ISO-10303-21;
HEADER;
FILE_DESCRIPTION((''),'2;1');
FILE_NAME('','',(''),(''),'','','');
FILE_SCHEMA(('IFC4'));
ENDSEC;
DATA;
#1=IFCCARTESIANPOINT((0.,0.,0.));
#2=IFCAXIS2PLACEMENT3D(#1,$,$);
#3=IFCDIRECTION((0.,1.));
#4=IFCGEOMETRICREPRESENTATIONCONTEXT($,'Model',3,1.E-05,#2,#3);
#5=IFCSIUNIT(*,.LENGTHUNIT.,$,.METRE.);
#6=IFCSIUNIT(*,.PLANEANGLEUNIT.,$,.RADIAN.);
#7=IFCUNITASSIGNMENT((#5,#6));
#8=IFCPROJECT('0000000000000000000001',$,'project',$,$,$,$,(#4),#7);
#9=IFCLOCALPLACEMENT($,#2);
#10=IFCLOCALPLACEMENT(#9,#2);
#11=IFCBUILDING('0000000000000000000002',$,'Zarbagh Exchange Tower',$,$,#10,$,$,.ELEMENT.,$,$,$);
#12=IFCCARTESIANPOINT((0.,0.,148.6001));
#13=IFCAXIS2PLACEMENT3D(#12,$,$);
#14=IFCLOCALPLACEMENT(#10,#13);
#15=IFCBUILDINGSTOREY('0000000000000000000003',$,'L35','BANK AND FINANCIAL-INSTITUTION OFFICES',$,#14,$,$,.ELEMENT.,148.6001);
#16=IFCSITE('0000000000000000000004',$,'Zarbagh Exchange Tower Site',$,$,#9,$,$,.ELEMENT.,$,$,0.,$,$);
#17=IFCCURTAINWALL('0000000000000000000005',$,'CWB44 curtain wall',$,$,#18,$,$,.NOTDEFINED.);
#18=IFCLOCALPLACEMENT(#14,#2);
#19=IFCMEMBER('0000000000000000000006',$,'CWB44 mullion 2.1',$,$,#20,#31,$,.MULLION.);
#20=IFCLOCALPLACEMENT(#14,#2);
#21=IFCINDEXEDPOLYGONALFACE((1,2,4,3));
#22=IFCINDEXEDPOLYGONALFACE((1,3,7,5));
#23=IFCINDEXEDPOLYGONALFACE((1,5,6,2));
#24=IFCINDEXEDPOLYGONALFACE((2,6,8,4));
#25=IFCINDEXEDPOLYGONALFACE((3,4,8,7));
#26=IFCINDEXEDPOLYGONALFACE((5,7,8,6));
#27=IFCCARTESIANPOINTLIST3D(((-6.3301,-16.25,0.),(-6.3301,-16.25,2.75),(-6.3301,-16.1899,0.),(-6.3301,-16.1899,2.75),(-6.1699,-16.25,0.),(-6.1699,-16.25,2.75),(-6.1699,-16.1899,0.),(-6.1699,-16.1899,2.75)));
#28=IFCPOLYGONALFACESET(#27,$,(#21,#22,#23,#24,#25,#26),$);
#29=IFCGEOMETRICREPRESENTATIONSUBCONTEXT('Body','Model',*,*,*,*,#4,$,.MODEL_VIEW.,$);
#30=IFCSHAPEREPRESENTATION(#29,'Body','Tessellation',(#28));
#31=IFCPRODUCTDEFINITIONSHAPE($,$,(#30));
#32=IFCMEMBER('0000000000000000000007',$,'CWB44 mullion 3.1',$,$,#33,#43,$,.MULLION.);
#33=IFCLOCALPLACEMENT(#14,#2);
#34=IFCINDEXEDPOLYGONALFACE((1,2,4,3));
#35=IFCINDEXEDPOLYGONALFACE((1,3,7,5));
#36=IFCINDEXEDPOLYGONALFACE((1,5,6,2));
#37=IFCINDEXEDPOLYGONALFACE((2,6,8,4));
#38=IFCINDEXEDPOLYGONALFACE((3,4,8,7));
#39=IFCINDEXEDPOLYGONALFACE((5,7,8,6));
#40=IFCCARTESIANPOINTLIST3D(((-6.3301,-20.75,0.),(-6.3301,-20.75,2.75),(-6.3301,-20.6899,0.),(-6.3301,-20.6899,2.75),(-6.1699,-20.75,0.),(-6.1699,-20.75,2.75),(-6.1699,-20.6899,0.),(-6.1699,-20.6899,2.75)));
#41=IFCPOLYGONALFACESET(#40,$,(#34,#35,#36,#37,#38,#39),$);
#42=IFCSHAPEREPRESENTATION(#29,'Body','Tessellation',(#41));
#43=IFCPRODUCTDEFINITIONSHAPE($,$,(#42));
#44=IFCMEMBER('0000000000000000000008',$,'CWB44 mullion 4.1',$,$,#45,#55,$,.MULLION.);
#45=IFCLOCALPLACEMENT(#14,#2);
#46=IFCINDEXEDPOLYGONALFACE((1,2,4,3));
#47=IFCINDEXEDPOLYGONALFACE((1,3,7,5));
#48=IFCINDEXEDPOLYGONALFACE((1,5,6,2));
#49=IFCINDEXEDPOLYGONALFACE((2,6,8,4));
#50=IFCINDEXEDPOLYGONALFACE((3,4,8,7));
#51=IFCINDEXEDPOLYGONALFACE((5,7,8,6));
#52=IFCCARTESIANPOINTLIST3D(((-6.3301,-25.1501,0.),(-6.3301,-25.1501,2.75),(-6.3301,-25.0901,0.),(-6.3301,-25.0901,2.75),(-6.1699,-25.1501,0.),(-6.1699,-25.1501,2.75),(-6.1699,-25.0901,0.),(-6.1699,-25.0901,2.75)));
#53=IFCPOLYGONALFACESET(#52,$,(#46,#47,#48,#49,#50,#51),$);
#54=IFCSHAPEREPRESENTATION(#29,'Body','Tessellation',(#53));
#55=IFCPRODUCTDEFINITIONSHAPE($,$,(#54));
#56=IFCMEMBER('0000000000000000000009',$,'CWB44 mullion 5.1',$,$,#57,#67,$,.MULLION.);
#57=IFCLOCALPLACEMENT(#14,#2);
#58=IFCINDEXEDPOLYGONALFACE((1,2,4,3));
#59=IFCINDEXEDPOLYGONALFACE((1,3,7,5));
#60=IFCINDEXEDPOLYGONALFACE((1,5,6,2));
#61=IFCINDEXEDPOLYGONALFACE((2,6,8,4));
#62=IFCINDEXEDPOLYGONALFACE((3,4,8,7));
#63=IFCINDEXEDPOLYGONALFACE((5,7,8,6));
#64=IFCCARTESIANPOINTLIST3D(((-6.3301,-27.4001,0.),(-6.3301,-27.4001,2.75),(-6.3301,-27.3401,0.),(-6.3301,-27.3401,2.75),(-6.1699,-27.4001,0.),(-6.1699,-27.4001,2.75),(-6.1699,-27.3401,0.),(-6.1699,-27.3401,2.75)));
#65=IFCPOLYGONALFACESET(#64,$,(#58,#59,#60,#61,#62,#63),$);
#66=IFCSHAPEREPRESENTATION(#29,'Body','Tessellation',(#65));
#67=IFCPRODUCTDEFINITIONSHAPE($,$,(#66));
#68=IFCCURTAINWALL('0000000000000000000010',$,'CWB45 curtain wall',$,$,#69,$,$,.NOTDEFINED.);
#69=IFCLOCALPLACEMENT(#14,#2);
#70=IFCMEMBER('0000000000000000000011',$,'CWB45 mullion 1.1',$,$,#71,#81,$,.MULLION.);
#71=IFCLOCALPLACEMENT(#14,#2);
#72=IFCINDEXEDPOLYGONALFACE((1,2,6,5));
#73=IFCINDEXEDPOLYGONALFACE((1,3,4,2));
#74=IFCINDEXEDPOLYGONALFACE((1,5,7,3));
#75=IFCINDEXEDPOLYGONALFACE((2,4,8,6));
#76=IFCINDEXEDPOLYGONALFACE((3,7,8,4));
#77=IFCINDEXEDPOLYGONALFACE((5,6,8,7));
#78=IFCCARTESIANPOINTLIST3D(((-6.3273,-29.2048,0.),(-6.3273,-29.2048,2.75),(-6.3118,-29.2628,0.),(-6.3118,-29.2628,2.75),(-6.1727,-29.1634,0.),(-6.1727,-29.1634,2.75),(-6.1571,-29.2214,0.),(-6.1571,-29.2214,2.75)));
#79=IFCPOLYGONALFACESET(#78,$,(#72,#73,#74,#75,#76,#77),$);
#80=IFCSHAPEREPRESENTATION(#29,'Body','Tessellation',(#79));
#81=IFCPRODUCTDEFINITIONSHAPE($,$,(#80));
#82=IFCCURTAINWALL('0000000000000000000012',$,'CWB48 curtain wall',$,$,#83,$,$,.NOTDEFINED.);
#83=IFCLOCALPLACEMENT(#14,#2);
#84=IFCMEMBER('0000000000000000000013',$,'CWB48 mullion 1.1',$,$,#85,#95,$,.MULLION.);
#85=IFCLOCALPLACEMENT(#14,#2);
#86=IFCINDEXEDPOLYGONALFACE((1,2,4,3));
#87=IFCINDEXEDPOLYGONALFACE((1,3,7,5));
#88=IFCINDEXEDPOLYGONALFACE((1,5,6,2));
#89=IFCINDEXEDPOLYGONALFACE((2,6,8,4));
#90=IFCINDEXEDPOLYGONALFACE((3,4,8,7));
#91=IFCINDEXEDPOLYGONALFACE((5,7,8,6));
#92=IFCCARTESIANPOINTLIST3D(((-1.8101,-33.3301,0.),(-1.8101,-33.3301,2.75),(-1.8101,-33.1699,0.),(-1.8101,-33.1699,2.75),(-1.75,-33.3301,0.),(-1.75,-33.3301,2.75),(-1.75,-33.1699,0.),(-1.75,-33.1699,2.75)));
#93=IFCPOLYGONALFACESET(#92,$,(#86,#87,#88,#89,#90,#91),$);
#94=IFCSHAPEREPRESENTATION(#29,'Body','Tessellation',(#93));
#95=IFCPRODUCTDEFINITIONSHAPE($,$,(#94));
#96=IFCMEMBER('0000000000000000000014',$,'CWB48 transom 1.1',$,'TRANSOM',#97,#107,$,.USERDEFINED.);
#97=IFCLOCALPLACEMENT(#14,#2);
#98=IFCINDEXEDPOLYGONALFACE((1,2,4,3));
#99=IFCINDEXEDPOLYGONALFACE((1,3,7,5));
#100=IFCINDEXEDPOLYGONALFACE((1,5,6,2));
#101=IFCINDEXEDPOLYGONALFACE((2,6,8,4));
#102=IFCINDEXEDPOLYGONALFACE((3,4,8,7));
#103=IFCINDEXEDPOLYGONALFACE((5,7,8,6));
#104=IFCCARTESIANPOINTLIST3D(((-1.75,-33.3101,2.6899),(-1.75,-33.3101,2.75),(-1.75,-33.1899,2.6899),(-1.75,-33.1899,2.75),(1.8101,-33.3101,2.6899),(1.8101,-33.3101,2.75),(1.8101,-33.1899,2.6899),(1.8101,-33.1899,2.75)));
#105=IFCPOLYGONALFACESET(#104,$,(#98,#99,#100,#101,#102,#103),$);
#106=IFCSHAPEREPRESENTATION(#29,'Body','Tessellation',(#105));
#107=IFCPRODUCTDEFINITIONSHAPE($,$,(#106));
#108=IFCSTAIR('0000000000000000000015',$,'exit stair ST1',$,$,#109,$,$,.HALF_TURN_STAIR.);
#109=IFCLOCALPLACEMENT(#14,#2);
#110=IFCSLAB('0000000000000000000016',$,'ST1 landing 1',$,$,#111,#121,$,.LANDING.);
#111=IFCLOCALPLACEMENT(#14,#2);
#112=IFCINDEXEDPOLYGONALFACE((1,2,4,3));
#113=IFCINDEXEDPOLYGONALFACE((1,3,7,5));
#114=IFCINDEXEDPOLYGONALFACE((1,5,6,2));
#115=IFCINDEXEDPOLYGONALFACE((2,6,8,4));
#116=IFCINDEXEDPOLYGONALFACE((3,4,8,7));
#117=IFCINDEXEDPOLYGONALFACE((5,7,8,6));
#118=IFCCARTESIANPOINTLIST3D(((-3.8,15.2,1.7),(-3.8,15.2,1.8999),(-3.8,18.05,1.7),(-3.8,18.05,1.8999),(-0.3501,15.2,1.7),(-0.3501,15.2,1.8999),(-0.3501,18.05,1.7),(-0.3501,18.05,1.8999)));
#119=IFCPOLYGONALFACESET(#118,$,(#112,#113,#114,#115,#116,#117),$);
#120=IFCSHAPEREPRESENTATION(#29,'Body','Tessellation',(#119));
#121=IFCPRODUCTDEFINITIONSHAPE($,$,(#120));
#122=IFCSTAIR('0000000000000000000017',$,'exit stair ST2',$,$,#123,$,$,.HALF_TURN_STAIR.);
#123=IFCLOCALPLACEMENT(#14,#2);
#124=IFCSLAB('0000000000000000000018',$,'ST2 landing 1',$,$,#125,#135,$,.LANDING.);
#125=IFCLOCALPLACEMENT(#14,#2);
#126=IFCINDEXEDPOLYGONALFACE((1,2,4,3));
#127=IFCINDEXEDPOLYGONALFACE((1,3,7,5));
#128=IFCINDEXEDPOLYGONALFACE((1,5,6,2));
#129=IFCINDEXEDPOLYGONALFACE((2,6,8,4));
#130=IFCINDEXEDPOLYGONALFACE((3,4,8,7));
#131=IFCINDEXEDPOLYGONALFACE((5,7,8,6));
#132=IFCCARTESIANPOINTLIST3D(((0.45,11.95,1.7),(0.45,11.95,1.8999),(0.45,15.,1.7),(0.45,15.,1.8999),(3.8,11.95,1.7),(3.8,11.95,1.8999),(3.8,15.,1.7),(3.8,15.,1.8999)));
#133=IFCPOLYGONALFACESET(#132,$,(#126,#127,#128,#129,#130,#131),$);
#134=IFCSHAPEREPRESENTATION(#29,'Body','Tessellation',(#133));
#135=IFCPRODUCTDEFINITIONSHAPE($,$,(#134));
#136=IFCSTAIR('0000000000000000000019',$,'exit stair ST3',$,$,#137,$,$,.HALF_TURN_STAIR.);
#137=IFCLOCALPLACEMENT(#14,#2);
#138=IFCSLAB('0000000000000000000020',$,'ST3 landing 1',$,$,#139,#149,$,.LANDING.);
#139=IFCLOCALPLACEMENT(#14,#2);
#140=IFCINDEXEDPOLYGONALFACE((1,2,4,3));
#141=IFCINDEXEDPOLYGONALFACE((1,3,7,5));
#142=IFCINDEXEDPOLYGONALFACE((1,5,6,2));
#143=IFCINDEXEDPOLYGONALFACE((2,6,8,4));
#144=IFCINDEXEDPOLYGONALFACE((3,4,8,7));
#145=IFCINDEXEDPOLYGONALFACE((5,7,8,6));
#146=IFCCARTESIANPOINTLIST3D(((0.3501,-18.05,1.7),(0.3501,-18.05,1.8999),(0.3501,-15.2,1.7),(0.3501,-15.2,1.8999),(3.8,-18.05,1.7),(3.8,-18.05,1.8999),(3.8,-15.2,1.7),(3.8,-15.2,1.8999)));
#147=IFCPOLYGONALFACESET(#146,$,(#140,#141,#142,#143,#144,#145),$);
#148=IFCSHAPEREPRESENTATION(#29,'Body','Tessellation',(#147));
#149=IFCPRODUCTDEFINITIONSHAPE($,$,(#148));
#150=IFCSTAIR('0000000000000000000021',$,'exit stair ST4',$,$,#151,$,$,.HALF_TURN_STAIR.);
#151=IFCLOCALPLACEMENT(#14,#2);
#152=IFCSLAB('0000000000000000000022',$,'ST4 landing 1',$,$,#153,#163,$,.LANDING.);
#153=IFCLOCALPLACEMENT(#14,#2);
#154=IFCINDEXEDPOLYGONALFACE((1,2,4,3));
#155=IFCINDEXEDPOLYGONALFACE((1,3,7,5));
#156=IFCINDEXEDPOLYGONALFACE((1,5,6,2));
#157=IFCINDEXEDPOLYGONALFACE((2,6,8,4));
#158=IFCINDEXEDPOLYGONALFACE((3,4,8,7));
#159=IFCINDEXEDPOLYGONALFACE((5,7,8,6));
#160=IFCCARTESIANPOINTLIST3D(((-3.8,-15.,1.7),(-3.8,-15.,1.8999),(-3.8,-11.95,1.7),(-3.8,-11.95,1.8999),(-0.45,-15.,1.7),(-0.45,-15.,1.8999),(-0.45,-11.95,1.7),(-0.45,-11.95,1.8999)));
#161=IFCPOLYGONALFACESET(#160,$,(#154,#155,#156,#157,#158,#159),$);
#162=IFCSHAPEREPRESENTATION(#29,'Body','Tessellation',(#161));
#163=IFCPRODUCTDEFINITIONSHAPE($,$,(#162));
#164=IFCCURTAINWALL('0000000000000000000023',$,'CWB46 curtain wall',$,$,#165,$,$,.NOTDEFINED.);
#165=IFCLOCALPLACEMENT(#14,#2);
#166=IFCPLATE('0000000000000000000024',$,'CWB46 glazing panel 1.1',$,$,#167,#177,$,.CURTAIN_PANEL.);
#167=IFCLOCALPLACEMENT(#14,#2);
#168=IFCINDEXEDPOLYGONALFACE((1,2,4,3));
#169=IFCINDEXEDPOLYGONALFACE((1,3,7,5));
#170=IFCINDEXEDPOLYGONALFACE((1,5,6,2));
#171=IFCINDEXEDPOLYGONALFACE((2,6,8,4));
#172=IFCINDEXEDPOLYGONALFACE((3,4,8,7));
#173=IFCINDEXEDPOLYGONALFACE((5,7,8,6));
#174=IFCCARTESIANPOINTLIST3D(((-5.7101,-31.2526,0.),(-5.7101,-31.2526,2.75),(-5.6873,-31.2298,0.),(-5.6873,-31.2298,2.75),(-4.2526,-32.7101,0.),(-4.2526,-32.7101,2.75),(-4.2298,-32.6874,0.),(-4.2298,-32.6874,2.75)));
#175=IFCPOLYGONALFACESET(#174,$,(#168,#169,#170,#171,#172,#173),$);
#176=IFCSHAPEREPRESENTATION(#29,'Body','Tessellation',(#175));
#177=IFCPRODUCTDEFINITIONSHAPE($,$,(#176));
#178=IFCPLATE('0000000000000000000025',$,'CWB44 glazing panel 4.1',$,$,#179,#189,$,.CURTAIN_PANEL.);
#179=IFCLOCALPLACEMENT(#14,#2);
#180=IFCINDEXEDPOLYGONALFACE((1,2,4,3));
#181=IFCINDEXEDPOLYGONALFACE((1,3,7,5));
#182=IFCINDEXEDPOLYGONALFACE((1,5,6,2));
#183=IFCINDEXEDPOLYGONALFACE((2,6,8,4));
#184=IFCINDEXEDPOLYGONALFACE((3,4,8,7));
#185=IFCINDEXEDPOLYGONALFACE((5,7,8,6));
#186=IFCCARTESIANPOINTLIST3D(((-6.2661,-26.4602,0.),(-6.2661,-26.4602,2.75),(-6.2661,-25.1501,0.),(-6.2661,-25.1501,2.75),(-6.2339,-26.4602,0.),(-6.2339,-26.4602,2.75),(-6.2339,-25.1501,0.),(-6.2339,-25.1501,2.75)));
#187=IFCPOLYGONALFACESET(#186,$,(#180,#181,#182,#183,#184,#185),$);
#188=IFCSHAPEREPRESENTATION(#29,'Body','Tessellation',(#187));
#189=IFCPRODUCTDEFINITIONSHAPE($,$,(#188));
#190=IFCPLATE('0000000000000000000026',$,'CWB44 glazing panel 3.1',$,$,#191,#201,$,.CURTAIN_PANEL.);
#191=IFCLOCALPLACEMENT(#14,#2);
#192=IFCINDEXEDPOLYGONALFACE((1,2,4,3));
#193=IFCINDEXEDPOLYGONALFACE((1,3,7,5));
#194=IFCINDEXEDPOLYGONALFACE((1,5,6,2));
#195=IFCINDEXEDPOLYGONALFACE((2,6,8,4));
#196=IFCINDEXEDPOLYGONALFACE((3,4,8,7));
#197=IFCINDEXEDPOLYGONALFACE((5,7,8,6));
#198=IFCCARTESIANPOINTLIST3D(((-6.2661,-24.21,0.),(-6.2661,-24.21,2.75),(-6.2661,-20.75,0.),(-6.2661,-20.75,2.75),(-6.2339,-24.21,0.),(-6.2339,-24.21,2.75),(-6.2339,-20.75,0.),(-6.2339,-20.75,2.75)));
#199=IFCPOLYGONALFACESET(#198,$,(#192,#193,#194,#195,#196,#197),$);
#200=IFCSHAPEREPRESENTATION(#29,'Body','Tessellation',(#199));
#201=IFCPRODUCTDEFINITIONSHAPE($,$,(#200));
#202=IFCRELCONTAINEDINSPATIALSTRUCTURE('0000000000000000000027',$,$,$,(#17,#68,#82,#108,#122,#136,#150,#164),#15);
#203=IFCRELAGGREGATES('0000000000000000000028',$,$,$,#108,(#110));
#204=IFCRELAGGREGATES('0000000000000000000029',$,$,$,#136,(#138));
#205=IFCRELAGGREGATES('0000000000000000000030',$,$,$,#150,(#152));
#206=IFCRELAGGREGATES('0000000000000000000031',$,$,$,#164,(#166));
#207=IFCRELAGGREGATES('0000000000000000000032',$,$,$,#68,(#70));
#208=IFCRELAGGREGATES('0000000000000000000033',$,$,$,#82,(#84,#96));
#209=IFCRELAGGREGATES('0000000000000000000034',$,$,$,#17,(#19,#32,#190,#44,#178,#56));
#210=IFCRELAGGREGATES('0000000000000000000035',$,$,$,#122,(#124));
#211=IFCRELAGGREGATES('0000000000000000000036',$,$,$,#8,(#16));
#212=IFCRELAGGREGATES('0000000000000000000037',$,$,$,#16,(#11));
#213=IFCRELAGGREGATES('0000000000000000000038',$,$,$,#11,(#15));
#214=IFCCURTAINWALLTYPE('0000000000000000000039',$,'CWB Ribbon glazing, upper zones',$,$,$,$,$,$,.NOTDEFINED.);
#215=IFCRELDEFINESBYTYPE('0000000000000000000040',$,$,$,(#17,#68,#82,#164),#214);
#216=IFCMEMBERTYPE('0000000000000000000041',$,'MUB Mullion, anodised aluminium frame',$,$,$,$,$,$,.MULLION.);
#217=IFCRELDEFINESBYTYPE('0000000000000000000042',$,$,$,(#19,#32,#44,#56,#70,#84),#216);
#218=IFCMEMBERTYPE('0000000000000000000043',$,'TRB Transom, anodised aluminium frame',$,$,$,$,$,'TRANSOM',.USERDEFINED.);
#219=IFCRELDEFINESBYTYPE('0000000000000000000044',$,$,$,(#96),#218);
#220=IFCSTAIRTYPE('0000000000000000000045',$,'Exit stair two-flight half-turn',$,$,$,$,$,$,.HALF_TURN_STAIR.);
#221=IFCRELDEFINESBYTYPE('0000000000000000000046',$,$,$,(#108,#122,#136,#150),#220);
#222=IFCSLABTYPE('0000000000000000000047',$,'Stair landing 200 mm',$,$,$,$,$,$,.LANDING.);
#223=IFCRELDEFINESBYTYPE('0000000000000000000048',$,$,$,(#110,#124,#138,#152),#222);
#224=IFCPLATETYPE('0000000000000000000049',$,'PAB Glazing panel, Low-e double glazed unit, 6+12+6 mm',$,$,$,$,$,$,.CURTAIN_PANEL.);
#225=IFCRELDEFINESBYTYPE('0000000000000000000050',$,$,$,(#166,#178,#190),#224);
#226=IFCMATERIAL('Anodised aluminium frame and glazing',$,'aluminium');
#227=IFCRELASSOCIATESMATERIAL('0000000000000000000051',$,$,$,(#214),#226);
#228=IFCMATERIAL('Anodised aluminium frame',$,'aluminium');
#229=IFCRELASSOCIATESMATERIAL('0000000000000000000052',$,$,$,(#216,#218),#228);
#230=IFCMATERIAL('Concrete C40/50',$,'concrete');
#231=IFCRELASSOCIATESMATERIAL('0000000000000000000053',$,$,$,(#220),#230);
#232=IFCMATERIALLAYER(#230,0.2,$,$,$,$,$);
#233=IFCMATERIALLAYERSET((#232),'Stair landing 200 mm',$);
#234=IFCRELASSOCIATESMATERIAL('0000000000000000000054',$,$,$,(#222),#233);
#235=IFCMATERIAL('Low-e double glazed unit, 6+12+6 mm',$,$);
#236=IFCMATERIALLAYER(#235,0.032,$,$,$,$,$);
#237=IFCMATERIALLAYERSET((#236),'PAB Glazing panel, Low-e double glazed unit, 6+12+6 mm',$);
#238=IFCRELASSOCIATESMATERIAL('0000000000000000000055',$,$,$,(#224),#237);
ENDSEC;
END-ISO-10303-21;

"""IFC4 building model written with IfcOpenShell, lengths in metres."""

from ifc_helpers import new_model, si_unit, direction, frame, origin, place, context, subcontext, project, spatial, polyline, outline, extrude, source, transform, mapped, material, layer, layer_set, type_object, element, aggregate, save


model = new_model("IFC4")

# Units and contexts
model_context = context("Model", 3, precision=1e-05, world=origin(), true_north=direction((0.0, 1.0)))
body_context = subcontext(model_context, "Body", "Model", "MODEL_VIEW")
ifc_project = project(units=[si_unit("LENGTHUNIT", "METRE"), si_unit("PLANEANGLEUNIT", "RADIAN")], contexts=[model_context])

# Site, building, storey
site_placement = place(None, origin())
site = spatial("IfcSite", under=ifc_project, at=site_placement, Name="Zarbagh Exchange Tower Site", CompositionType="ELEMENT", RefElevation=0.0)
building_placement = place(site_placement, origin())
building = spatial("IfcBuilding", under=site, at=building_placement, Name="Zarbagh Exchange Tower", CompositionType="ELEMENT")
storey_placement = place(building_placement, frame((0.0, 0.0, 148.6001)))
storey = spatial("IfcBuildingStorey", under=building, at=storey_placement, Name="L35", Description="BANK AND FINANCIAL-INSTITUTION OFFICES", CompositionType="ELEMENT", Elevation=148.6001)

# Curtain wall, members
ifc_material_1 = material(Name="Anodised aluminium frame and glazing", Category="aluminium")
curtain_wall_type = type_object("IfcCurtainWallType", Name="CWB Ribbon glazing, upper zones", PredefinedType="NOTDEFINED", material=ifc_material_1)
curtain_wall_1_placement = place(storey_placement, origin())
curtain_wall_1 = element("IfcCurtainWall", 1, at=curtain_wall_1_placement, inside=storey, type_object=curtain_wall_type, Name="CWB44 curtain wall", PredefinedType="NOTDEFINED")
ifc_material_2 = material(Name="Anodised aluminium frame", Category="aluminium")
member_type_1 = type_object("IfcMemberType", Name="MUB Mullion, anodised aluminium frame", PredefinedType="MULLION", material=ifc_material_2)
shared_shape_1 = source(origin(), body_context, "Body", "SweptSolid", [
    extrude(outline(polyline([(0.0, -0.0801), (0.0601, -0.0801), (0.0601, 0.0801), (0.0, 0.0801), (0.0, -0.0801)])), origin(), (0.0, 0.0, 1.0), 2.75),
])
placement = place(storey_placement, origin())
member_1 = element("IfcMember", 2, at=placement, type_object=member_type_1, Name="CWB44 mullion 2.1", PredefinedType="MULLION", context=body_context, shape_type="MappedRepresentation", body=[
    mapped(shared_shape_1, transform((-6.25, -16.1899, 0.0), x_axis=(0.0, -1.0, 0.0), y_axis=(1.0, 0.0, 0.0), z_axis=(0.0, 0.0, 1.0))),
])
member_2 = element("IfcMember", 3, at=placement, type_object=member_type_1, Name="CWB44 mullion 3.1", PredefinedType="MULLION", context=body_context, shape_type="MappedRepresentation", body=[
    mapped(shared_shape_1, transform((-6.25, -20.6899, 0.0), x_axis=(0.0, -1.0, 0.0), y_axis=(1.0, 0.0, 0.0), z_axis=(0.0, 0.0, 1.0))),
])
member_3 = element("IfcMember", 4, at=placement, type_object=member_type_1, Name="CWB44 mullion 4.1", PredefinedType="MULLION", context=body_context, shape_type="MappedRepresentation", body=[
    mapped(shared_shape_1, transform((-6.25, -25.0901, 0.0), x_axis=(0.0, -1.0, 0.0), y_axis=(1.0, 0.0, 0.0), z_axis=(0.0, 0.0, 1.0))),
])
member_4 = element("IfcMember", 5, at=placement, type_object=member_type_1, Name="CWB44 mullion 5.1", PredefinedType="MULLION", context=body_context, shape_type="MappedRepresentation", body=[
    mapped(shared_shape_1, transform((-6.25, -27.3401, 0.0), x_axis=(0.0, -1.0, 0.0), y_axis=(1.0, 0.0, 0.0), z_axis=(0.0, 0.0, 1.0))),
])

# Curtain wall, member
curtain_wall_2_placement = place(storey_placement, origin())
curtain_wall_2 = element("IfcCurtainWall", 6, at=curtain_wall_2_placement, inside=storey, type_object=curtain_wall_type, Name="CWB45 curtain wall", PredefinedType="NOTDEFINED")
member_5 = element("IfcMember", 7, at=placement, type_object=member_type_1, Name="CWB45 mullion 1.1", PredefinedType="MULLION", context=body_context, shape_type="MappedRepresentation", body=[
    mapped(shared_shape_1, transform((-6.25, -29.1841, 0.0), x_axis=(0.258825, -0.965924, 0.0), y_axis=(0.965924, 0.258825, 0.0), z_axis=(0.0, 0.0, 1.0))),
])

# Curtain wall, members
curtain_wall_3_placement = place(storey_placement, origin())
curtain_wall_3 = element("IfcCurtainWall", 8, at=curtain_wall_3_placement, inside=storey, type_object=curtain_wall_type, Name="CWB48 curtain wall", PredefinedType="NOTDEFINED")
member_6 = element("IfcMember", 9, at=placement, type_object=member_type_1, Name="CWB48 mullion 1.1", PredefinedType="MULLION", context=body_context, shape_type="MappedRepresentation", body=[
    mapped(shared_shape_1, transform((-1.8101, -33.25, 0.0), x_axis=(1.0, 0.0, 0.0), y_axis=(0.0, 1.0, 0.0), z_axis=(0.0, 0.0, 1.0))),
])
member_type_2 = type_object("IfcMemberType", Name="TRB Transom, anodised aluminium frame", ElementType="TRANSOM", PredefinedType="USERDEFINED", material=ifc_material_2)
shared_shape_2 = source(origin(), body_context, "Body", "SweptSolid", [
    extrude(outline(polyline([(-0.0601, -0.0601), (0.0, -0.0601), (0.0, 0.0601), (-0.0601, 0.0601), (-0.0601, -0.0601)])), origin(), (0.0, 0.0, 1.0), 3.5601),
])
member_7 = element("IfcMember", 10, at=placement, type_object=member_type_2, Name="CWB48 transom 1.1", ObjectType="TRANSOM", PredefinedType="USERDEFINED", context=body_context, shape_type="MappedRepresentation", body=[
    mapped(shared_shape_2, transform((-1.75, -33.25, 2.75), x_axis=(0.0, 0.0, 1.0), y_axis=(0.0, -1.0, 0.0), z_axis=(1.0, 0.0, 0.0))),
])

# Stairs, slabs
ifc_material_3 = material(Name="Concrete C40/50", Category="concrete")
stair_type = type_object("IfcStairType", Name="Exit stair two-flight half-turn", PredefinedType="HALF_TURN_STAIR", material=ifc_material_3)
stair_1_placement = place(storey_placement, origin())
stair_1 = element("IfcStair", 11, at=stair_1_placement, inside=storey, type_object=stair_type, Name="exit stair ST1", PredefinedType="HALF_TURN_STAIR")
ifc_layer_1 = layer(ifc_material_3, 0.2)
ifc_layer_set_1 = layer_set([ifc_layer_1], Name="Stair landing 200 mm")
slab_type = type_object("IfcSlabType", Name="Stair landing 200 mm", PredefinedType="LANDING", material=ifc_layer_set_1)
slab_1_placement = place(storey_placement, frame((0.0, 0.0, 1.7)))
slab_1 = element("IfcSlab", 12, at=slab_1_placement, type_object=slab_type, Name="ST1 landing 1", PredefinedType="LANDING", context=body_context, shape_type="SweptSolid", body=[
    extrude(outline(polyline([(-0.3501, 18.05), (-3.8, 18.05), (-3.8, 15.2), (-0.3501, 15.2), (-0.3501, 18.05)])), origin(), (0.0, 0.0, 1.0), 0.2),
])
aggregate(stair_1, [slab_1])
stair_2_placement = place(storey_placement, origin())
stair_2 = element("IfcStair", 13, at=stair_2_placement, inside=storey, type_object=stair_type, Name="exit stair ST2", PredefinedType="HALF_TURN_STAIR")
slab_2_placement = place(storey_placement, frame((0.0, 0.0, 1.7)))
slab_2 = element("IfcSlab", 14, at=slab_2_placement, type_object=slab_type, Name="ST2 landing 1", PredefinedType="LANDING", context=body_context, shape_type="SweptSolid", body=[
    extrude(outline(polyline([(0.45, 11.95), (3.8, 11.95), (3.8, 15.0), (0.45, 15.0), (0.45, 11.95)])), origin(), (0.0, 0.0, 1.0), 0.2),
])
stair_3_placement = place(storey_placement, origin())
stair_3 = element("IfcStair", 15, at=stair_3_placement, inside=storey, type_object=stair_type, Name="exit stair ST3", PredefinedType="HALF_TURN_STAIR")
slab_3_placement = place(storey_placement, frame((0.0, 0.0, 1.7)))
slab_3 = element("IfcSlab", 16, at=slab_3_placement, type_object=slab_type, Name="ST3 landing 1", PredefinedType="LANDING", context=body_context, shape_type="SweptSolid", body=[
    extrude(outline(polyline([(0.3501, -18.05), (3.8, -18.05), (3.8, -15.2), (0.3501, -15.2), (0.3501, -18.05)])), origin(), (0.0, 0.0, 1.0), 0.2),
])
aggregate(stair_3, [slab_3])
stair_4_placement = place(storey_placement, origin())
stair_4 = element("IfcStair", 17, at=stair_4_placement, inside=storey, type_object=stair_type, Name="exit stair ST4", PredefinedType="HALF_TURN_STAIR")
slab_4_placement = place(storey_placement, frame((0.0, 0.0, 1.7)))
slab_4 = element("IfcSlab", 18, at=slab_4_placement, type_object=slab_type, Name="ST4 landing 1", PredefinedType="LANDING", context=body_context, shape_type="SweptSolid", body=[
    extrude(outline(polyline([(-0.45, -11.95), (-3.8, -11.95), (-3.8, -15.0), (-0.45, -15.0), (-0.45, -11.95)])), origin(), (0.0, 0.0, 1.0), 0.2),
])
aggregate(stair_4, [slab_4])

# Curtain wall, plate
curtain_wall_4_placement = place(storey_placement, origin())
curtain_wall_4 = element("IfcCurtainWall", 19, at=curtain_wall_4_placement, inside=storey, type_object=curtain_wall_type, Name="CWB46 curtain wall", PredefinedType="NOTDEFINED")
ifc_material_4 = material(Name="Low-e double glazed unit, 6+12+6 mm")
ifc_layer_2 = layer(ifc_material_4, 0.032)
ifc_layer_set_2 = layer_set([ifc_layer_2], Name="PAB Glazing panel, Low-e double glazed unit, 6+12+6 mm")
plate_type = type_object("IfcPlateType", Name="PAB Glazing panel, Low-e double glazed unit, 6+12+6 mm", PredefinedType="CURTAIN_PANEL", material=ifc_layer_set_2)
shared_shape_3 = source(origin(), body_context, "Body", "SweptSolid", [
    extrude(outline(polyline([(0.0, -0.0161), (2.0613, -0.0161), (2.0613, 0.0161), (0.0, 0.0161), (0.0, -0.0161)])), origin(), (0.0, 0.0, 1.0), 2.75),
])
plate_1 = element("IfcPlate", 20, at=placement, type_object=plate_type, Name="CWB46 glazing panel 1.1", PredefinedType="CURTAIN_PANEL", context=body_context, shape_type="MappedRepresentation", body=[
    mapped(shared_shape_3, transform((-5.6987, -31.2412, 0.0), x_axis=(0.707107, -0.707107, 0.0), y_axis=(0.707107, 0.707107, 0.0), z_axis=(0.0, 0.0, 1.0))),
])
aggregate(curtain_wall_4, [plate_1])

# Plates
shared_shape_4 = source(origin(), body_context, "Body", "SweptSolid", [
    extrude(outline(polyline([(0.0, -0.0161), (1.3101, -0.0161), (1.3101, 0.0161), (0.0, 0.0161), (0.0, -0.0161)])), origin(), (0.0, 0.0, 1.0), 2.75),
])
plate_2 = element("IfcPlate", 21, at=placement, type_object=plate_type, Name="CWB44 glazing panel 4.1", PredefinedType="CURTAIN_PANEL", context=body_context, shape_type="MappedRepresentation", body=[
    mapped(shared_shape_4, transform((-6.25, -25.1501, 0.0), x_axis=(0.0, -1.0, 0.0), y_axis=(1.0, 0.0, 0.0), z_axis=(0.0, 0.0, 1.0))),
])
shared_shape_5 = source(origin(), body_context, "Body", "SweptSolid", [
    extrude(outline(polyline([(0.0, -0.0161), (3.46, -0.0161), (3.46, 0.0161), (0.0, 0.0161), (0.0, -0.0161)])), origin(), (0.0, 0.0, 1.0), 2.75),
])
plate_3 = element("IfcPlate", 22, at=placement, type_object=plate_type, Name="CWB44 glazing panel 3.1", PredefinedType="CURTAIN_PANEL", context=body_context, shape_type="MappedRepresentation", body=[
    mapped(shared_shape_5, transform((-6.25, -20.75, 0.0), x_axis=(0.0, -1.0, 0.0), y_axis=(1.0, 0.0, 0.0), z_axis=(0.0, 0.0, 1.0))),
])
aggregate(curtain_wall_2, [member_5])

aggregate(curtain_wall_3, [member_6, member_7])
aggregate(curtain_wall_1, [member_1, member_2, plate_3, member_3, plate_2, member_4])

aggregate(stair_2, [slab_2])

save(model, "model.ifc")
